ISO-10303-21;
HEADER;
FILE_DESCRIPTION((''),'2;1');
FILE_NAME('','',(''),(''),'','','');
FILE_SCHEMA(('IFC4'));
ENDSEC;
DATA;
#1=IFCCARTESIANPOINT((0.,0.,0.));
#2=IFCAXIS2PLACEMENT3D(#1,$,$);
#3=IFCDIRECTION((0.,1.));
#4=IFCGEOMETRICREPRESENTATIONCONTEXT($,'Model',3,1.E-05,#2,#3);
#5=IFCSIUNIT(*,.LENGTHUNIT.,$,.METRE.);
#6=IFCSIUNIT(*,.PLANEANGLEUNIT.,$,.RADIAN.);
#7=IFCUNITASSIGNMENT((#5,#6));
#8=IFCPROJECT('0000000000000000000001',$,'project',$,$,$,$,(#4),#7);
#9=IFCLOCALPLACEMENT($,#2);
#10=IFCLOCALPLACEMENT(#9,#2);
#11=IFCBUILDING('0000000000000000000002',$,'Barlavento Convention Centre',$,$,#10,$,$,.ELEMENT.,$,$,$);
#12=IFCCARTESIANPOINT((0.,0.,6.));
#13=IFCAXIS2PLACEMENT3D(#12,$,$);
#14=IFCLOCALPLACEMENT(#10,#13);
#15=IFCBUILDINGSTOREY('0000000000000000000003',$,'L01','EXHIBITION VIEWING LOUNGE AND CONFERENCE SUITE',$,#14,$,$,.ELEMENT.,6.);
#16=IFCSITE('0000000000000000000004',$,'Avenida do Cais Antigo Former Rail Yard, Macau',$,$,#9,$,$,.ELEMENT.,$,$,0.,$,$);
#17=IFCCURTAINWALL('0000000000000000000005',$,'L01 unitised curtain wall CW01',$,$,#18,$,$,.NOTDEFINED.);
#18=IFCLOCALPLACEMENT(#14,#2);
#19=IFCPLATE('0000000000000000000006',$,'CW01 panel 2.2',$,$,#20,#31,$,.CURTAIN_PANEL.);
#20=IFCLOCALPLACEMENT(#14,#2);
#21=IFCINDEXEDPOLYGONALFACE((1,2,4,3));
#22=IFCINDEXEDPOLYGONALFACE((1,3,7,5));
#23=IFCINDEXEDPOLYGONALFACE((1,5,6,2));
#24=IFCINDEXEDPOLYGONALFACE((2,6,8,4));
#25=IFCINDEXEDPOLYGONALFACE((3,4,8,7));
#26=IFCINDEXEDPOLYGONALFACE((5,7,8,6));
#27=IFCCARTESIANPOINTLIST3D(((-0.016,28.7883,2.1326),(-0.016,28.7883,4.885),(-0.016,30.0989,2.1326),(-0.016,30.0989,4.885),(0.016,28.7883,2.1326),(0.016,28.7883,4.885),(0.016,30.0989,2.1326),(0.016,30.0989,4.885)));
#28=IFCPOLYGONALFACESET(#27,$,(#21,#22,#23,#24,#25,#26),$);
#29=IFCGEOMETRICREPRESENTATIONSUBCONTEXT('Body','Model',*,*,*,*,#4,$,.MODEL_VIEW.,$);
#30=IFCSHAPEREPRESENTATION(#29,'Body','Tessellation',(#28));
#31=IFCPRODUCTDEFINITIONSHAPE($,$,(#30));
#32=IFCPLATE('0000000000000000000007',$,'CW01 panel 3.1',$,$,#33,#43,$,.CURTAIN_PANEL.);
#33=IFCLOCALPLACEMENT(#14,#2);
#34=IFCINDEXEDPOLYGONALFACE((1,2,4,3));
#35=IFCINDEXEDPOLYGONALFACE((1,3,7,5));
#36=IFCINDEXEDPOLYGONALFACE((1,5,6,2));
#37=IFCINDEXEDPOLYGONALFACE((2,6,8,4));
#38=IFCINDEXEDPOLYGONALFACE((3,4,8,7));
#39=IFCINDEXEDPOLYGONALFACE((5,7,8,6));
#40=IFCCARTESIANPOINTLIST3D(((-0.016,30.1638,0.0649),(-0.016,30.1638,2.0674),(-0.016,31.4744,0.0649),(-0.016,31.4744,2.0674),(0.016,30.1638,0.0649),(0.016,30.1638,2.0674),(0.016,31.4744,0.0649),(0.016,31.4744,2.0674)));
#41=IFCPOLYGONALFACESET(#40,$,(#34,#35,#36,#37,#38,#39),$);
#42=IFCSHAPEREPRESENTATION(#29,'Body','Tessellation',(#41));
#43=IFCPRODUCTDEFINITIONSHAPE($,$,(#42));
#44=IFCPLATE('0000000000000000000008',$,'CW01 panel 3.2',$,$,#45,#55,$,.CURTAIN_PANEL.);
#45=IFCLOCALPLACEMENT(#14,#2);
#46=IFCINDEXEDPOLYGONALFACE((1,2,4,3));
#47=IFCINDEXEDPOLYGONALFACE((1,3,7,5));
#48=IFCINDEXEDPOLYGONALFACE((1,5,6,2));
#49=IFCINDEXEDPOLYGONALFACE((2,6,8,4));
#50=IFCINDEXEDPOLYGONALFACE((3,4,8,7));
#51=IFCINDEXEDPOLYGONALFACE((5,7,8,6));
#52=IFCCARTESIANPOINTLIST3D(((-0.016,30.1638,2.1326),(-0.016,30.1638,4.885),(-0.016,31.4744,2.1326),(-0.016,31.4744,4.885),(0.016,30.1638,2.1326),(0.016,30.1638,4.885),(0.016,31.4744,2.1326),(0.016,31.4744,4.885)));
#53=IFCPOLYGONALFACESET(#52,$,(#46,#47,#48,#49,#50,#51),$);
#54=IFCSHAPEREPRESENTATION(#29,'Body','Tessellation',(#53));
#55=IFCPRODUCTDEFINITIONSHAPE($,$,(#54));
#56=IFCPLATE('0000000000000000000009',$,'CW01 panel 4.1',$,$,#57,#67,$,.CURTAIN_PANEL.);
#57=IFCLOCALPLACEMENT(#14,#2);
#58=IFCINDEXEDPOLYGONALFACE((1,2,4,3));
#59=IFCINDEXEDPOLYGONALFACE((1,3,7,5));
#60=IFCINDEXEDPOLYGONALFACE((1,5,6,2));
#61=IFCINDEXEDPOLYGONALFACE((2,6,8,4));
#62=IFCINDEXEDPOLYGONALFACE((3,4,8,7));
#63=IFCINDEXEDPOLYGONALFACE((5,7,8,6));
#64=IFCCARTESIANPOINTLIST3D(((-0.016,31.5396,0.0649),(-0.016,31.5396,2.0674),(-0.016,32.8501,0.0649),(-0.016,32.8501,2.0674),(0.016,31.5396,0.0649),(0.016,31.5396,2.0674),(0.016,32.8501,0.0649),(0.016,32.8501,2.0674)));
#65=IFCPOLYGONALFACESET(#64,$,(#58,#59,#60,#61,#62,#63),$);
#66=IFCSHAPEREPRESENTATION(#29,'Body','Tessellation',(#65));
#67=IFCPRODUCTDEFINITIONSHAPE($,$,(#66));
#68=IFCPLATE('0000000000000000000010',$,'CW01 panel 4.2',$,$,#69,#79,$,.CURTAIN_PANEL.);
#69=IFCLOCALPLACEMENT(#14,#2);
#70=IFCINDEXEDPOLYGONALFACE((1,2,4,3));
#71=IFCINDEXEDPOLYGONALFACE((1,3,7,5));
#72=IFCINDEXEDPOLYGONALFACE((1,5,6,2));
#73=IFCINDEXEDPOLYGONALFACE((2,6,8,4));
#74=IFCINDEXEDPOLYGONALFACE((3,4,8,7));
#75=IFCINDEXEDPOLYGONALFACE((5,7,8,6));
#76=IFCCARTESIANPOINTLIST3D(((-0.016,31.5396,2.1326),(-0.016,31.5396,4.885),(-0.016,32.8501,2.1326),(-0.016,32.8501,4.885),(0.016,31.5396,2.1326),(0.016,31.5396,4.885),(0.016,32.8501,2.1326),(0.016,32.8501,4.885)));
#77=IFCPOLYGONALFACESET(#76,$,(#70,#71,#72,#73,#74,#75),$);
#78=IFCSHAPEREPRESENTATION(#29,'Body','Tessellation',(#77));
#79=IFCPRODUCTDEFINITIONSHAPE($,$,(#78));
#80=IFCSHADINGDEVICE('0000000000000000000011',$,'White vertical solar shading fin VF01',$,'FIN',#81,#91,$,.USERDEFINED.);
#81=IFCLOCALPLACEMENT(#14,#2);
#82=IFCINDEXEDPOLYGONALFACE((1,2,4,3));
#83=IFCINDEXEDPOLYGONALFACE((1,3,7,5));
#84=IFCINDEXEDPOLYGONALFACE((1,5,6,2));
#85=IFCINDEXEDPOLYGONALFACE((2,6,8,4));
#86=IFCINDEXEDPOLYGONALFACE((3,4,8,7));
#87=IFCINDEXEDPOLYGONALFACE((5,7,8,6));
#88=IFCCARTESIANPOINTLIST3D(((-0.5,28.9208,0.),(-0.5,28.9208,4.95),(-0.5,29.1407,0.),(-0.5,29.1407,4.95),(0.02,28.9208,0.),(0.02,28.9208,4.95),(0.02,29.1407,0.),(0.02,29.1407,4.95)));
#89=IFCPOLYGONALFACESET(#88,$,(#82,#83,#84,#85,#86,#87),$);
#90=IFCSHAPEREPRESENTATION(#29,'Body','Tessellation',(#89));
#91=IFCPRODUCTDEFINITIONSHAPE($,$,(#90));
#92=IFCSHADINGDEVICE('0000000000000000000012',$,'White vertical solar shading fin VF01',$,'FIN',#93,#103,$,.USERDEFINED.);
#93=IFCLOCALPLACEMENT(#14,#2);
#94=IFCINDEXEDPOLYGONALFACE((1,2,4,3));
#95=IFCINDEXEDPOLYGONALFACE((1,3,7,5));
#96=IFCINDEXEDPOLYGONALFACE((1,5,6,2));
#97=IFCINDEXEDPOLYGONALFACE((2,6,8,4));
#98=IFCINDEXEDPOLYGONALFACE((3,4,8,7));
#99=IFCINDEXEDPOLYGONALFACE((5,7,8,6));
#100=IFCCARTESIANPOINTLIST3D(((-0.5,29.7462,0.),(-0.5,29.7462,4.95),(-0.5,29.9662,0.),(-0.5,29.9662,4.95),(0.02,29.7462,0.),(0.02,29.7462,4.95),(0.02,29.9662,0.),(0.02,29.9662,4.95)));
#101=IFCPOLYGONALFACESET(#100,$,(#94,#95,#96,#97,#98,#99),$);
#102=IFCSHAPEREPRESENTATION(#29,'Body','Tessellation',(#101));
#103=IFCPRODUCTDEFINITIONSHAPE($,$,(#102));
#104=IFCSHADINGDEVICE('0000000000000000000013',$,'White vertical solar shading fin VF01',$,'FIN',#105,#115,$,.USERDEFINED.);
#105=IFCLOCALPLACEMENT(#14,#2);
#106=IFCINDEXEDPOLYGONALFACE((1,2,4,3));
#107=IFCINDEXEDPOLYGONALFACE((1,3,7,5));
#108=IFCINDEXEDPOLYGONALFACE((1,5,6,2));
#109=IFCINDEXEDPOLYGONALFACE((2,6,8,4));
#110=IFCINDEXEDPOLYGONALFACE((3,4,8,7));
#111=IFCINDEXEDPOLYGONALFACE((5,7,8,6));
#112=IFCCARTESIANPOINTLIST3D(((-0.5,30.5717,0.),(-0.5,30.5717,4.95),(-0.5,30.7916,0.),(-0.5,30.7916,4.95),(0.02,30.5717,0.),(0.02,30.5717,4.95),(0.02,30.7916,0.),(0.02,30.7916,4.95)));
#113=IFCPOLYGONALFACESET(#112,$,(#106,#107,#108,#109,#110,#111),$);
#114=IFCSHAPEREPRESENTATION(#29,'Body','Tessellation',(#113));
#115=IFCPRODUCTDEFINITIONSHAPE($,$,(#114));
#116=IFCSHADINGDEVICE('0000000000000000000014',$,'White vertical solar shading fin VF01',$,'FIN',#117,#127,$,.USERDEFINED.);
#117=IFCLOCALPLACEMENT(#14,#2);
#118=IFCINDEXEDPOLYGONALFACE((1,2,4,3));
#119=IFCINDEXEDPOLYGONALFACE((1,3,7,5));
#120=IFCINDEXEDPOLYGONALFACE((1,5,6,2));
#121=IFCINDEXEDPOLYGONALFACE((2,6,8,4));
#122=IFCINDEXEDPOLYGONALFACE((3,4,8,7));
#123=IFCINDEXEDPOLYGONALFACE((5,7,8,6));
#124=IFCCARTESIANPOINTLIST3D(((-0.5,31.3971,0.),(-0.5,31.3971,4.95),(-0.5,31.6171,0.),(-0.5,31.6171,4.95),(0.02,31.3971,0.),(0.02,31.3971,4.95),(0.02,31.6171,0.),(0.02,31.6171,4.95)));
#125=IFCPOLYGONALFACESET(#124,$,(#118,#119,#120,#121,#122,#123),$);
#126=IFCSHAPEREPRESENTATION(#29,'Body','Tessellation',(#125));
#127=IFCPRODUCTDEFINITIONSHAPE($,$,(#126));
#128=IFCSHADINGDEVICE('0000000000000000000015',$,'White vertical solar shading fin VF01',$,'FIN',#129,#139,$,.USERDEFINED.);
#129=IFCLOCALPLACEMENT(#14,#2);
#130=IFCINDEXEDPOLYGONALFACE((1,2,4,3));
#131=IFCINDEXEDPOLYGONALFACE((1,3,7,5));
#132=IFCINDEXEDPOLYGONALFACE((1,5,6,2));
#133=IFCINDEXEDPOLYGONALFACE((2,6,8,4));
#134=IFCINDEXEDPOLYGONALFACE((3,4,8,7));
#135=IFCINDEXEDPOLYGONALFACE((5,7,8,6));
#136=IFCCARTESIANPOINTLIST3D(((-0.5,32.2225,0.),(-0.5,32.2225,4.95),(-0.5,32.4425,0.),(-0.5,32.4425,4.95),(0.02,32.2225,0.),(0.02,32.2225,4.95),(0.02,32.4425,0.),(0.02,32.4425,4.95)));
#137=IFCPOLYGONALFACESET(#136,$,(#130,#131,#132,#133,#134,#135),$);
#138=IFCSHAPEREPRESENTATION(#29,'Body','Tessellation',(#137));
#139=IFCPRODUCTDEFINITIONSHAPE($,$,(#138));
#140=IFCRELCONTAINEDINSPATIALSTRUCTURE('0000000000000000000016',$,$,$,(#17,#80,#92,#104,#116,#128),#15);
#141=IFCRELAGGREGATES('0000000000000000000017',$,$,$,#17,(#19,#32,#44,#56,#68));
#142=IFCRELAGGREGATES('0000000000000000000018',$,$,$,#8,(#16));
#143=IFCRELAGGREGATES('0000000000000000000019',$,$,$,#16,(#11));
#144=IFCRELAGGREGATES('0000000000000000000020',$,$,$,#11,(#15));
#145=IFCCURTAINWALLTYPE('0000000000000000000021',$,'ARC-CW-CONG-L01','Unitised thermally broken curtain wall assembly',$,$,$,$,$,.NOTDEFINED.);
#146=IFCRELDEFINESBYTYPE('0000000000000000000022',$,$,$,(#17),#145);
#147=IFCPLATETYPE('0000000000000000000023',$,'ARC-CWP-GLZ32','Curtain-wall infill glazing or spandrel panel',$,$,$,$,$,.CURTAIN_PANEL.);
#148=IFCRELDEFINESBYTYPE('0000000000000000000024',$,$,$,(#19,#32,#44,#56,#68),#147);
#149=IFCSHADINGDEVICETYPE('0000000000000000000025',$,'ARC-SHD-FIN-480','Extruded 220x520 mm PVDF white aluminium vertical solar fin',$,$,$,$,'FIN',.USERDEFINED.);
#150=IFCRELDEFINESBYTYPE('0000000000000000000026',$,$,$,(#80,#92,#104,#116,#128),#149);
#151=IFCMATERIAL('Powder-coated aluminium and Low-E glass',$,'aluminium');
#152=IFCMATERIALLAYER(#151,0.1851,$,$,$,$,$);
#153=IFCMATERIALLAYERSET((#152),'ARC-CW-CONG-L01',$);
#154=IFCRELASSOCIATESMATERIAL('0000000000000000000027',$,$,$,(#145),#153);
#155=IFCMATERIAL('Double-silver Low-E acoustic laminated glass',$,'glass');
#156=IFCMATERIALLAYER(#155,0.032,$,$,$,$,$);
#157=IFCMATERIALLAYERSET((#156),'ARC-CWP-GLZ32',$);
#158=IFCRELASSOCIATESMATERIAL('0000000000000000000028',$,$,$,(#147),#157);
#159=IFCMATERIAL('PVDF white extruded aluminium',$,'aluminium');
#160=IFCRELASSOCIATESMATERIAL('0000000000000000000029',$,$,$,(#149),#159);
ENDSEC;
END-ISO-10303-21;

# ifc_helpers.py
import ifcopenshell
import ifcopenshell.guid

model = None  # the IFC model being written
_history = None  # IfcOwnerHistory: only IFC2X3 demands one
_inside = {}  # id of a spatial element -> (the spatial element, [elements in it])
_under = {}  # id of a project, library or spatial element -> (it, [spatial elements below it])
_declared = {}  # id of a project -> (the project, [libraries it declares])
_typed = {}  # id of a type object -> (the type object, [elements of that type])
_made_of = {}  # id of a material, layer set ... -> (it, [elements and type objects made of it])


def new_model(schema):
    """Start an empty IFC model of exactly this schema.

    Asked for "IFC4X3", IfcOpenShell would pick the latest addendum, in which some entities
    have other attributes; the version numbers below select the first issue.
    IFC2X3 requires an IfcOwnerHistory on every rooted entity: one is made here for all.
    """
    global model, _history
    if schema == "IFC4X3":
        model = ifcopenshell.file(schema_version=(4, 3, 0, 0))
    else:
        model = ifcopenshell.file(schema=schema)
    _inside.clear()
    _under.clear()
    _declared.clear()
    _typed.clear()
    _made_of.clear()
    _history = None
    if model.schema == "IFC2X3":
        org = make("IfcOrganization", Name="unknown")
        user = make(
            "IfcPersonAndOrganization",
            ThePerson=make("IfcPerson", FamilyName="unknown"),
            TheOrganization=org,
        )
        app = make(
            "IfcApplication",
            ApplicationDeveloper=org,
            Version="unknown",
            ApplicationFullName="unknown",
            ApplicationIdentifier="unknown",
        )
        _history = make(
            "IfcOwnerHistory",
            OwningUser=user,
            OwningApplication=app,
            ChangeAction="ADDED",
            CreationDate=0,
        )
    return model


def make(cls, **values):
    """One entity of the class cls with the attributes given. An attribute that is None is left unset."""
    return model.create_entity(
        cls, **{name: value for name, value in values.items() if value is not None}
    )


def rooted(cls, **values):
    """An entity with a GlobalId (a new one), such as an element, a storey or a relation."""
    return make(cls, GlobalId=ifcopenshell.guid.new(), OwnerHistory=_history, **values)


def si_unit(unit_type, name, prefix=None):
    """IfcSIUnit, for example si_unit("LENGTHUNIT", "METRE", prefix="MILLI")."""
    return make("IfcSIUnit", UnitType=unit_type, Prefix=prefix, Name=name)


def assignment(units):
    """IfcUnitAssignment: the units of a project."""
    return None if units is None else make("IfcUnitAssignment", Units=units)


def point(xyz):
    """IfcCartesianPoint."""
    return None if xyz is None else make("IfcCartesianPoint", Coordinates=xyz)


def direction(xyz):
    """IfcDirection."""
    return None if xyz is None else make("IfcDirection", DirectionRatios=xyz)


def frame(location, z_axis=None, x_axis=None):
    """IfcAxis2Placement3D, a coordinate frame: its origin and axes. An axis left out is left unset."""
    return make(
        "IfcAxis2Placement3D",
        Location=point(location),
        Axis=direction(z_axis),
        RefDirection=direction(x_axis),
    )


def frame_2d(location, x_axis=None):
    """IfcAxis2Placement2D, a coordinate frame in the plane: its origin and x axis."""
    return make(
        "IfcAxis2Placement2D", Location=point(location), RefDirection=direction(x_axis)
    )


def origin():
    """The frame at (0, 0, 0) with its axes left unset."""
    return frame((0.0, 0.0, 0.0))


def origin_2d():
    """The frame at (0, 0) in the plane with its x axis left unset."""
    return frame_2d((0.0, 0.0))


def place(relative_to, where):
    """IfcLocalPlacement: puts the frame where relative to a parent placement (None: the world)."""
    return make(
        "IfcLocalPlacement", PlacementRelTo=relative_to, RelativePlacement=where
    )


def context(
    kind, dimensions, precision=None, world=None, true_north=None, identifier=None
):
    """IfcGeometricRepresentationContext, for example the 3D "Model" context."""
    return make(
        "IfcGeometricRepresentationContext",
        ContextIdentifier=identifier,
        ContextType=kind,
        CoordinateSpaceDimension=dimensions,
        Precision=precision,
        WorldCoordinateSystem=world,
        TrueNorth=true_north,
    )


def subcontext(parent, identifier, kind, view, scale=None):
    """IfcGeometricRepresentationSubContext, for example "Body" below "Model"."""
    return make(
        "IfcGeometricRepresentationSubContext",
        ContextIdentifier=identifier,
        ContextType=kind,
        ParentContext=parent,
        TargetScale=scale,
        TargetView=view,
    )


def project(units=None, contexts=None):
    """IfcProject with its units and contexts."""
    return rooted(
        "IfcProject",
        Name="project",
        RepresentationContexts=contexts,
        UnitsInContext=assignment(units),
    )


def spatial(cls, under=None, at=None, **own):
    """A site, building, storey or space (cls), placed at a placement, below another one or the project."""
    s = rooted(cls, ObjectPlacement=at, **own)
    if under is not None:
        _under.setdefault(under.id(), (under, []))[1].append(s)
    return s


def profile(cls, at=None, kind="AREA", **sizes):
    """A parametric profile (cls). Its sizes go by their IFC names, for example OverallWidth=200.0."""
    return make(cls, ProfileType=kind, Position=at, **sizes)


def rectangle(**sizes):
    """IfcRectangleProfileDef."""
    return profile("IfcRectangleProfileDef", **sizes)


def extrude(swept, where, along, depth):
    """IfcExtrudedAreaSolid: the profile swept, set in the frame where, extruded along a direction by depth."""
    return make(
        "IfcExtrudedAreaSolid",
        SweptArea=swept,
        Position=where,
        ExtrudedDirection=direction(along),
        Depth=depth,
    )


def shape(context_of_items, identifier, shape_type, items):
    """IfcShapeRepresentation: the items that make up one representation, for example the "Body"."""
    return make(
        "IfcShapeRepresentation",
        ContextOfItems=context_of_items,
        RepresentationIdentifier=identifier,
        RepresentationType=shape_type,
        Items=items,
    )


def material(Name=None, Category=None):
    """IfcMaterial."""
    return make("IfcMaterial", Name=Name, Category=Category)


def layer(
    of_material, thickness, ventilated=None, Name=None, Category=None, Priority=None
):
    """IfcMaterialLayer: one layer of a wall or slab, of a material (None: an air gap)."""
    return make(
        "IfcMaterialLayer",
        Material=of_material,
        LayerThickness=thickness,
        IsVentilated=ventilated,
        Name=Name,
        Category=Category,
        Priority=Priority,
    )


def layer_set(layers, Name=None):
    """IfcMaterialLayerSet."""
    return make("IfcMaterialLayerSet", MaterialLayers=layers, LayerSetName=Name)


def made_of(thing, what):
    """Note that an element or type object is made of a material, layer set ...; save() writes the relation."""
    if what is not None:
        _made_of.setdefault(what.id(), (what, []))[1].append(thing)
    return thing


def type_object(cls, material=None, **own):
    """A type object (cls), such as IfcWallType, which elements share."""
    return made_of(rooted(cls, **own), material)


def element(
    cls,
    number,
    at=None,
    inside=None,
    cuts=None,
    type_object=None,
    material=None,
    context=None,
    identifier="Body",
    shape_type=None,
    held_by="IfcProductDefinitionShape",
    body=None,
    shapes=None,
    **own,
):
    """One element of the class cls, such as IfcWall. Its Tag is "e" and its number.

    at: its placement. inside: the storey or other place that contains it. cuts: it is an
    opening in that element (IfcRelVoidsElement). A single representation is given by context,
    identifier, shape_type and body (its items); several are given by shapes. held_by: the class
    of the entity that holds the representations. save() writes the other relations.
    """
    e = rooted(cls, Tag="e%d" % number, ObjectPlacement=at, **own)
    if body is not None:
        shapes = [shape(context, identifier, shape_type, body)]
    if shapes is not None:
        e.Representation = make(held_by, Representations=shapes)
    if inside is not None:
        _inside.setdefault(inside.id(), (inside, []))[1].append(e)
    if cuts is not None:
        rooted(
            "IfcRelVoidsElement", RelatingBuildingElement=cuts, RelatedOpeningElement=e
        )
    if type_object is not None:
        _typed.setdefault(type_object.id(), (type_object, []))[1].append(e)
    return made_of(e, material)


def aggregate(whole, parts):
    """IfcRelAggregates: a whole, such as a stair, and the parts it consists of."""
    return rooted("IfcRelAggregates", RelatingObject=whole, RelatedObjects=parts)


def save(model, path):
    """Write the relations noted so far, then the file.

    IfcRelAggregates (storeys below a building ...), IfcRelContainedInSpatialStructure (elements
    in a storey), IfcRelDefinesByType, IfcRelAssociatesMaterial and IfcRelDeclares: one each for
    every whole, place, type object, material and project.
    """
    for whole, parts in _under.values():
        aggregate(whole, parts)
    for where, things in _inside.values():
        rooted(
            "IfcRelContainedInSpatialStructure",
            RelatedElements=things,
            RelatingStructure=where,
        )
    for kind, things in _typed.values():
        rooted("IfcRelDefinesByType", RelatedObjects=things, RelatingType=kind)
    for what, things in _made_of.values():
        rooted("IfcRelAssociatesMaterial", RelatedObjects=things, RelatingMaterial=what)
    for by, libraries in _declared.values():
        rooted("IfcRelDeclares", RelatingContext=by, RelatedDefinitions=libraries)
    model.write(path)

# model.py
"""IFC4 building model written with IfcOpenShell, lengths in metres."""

from ifc_helpers import new_model, si_unit, direction, frame, origin, origin_2d, place, context, subcontext, project, spatial, rectangle, extrude, material, layer, layer_set, type_object, element, aggregate, save


model = new_model("IFC4")

# Units and contexts
model_context = context("Model", 3, precision=1e-05, world=origin(), true_north=direction((0.0, 1.0)))
body_context = subcontext(model_context, "Body", "Model", "MODEL_VIEW")
ifc_project = project(units=[si_unit("LENGTHUNIT", "METRE"), si_unit("PLANEANGLEUNIT", "RADIAN")], contexts=[model_context])

# Site, building, storey
site_placement = place(None, origin())
site = spatial("IfcSite", under=ifc_project, at=site_placement, Name="Avenida do Cais Antigo Former Rail Yard, Macau", CompositionType="ELEMENT", RefElevation=0.0)
building_placement = place(site_placement, origin())
building = spatial("IfcBuilding", under=site, at=building_placement, Name="Barlavento Convention Centre", CompositionType="ELEMENT")
storey_placement = place(building_placement, frame((0.0, 0.0, 6.0)))
storey = spatial("IfcBuildingStorey", under=building, at=storey_placement, Name="L01", Description="EXHIBITION VIEWING LOUNGE AND CONFERENCE SUITE", CompositionType="ELEMENT", Elevation=6.0)

# Curtain wall, plates
ifc_material_1 = material(Name="Powder-coated aluminium and Low-E glass", Category="aluminium")
ifc_layer_1 = layer(ifc_material_1, 0.1851)
ifc_layer_set_1 = layer_set([ifc_layer_1], Name="ARC-CW-CONG-L01")
curtain_wall_type = type_object("IfcCurtainWallType", Name="ARC-CW-CONG-L01", Description="Unitised thermally broken curtain wall assembly", PredefinedType="NOTDEFINED", material=ifc_layer_set_1)
curtain_wall_placement = place(storey_placement, origin())
curtain_wall = element("IfcCurtainWall", 1, at=curtain_wall_placement, inside=storey, type_object=curtain_wall_type, Name="L01 unitised curtain wall CW01", PredefinedType="NOTDEFINED")
ifc_material_2 = material(Name="Double-silver Low-E acoustic laminated glass", Category="glass")
ifc_layer_2 = layer(ifc_material_2, 0.032)
ifc_layer_set_2 = layer_set([ifc_layer_2], Name="ARC-CWP-GLZ32")
plate_type = type_object("IfcPlateType", Name="ARC-CWP-GLZ32", Description="Curtain-wall infill glazing or spandrel panel", PredefinedType="CURTAIN_PANEL", material=ifc_layer_set_2)
plate_1_placement = place(storey_placement, frame((0.0, 29.4436, 2.1326), z_axis=(0.0, 0.0, 1.0), x_axis=(0.0, 1.0, 0.0)))
plate_1 = element("IfcPlate", 2, at=plate_1_placement, type_object=plate_type, Name="CW01 panel 2.2", PredefinedType="CURTAIN_PANEL", context=body_context, shape_type="SweptSolid", body=[
    extrude(rectangle(XDim=1.3105, YDim=0.032, at=origin_2d()), origin(), (0.0, 0.0, 1.0), 2.7524),
])
plate_2_placement = place(storey_placement, frame((0.0, 30.8191, 0.0649), z_axis=(0.0, 0.0, 1.0), x_axis=(0.0, 1.0, 0.0)))
plate_2 = element("IfcPlate", 3, at=plate_2_placement, type_object=plate_type, Name="CW01 panel 3.1", PredefinedType="CURTAIN_PANEL", context=body_context, shape_type="SweptSolid", body=[
    extrude(rectangle(XDim=1.3105, YDim=0.032, at=origin_2d()), origin(), (0.0, 0.0, 1.0), 2.0024),
])
plate_3_placement = place(storey_placement, frame((0.0, 30.8191, 2.1326), z_axis=(0.0, 0.0, 1.0), x_axis=(0.0, 1.0, 0.0)))
plate_3 = element("IfcPlate", 4, at=plate_3_placement, type_object=plate_type, Name="CW01 panel 3.2", PredefinedType="CURTAIN_PANEL", context=body_context, shape_type="SweptSolid", body=[
    extrude(rectangle(XDim=1.3105, YDim=0.032, at=origin_2d()), origin(), (0.0, 0.0, 1.0), 2.7524),
])
plate_4_placement = place(storey_placement, frame((0.0, 32.1948, 0.0649), z_axis=(0.0, 0.0, 1.0), x_axis=(0.0, 1.0, 0.0)))
plate_4 = element("IfcPlate", 5, at=plate_4_placement, type_object=plate_type, Name="CW01 panel 4.1", PredefinedType="CURTAIN_PANEL", context=body_context, shape_type="SweptSolid", body=[
    extrude(rectangle(XDim=1.3105, YDim=0.032, at=origin_2d()), origin(), (0.0, 0.0, 1.0), 2.0024),
])
plate_5_placement = place(storey_placement, frame((0.0, 32.1948, 2.1326), z_axis=(0.0, 0.0, 1.0), x_axis=(0.0, 1.0, 0.0)))
plate_5 = element("IfcPlate", 6, at=plate_5_placement, type_object=plate_type, Name="CW01 panel 4.2", PredefinedType="CURTAIN_PANEL", context=body_context, shape_type="SweptSolid", body=[
    extrude(rectangle(XDim=1.3105, YDim=0.032, at=origin_2d()), origin(), (0.0, 0.0, 1.0), 2.7524),
])
aggregate(curtain_wall, [plate_1, plate_2, plate_3, plate_4, plate_5])

# Shading devices
ifc_material_3 = material(Name="PVDF white extruded aluminium", Category="aluminium")
shading_device_type = type_object("IfcShadingDeviceType", Name="ARC-SHD-FIN-480", Description="Extruded 220x520 mm PVDF white aluminium vertical solar fin", ElementType="FIN", PredefinedType="USERDEFINED", material=ifc_material_3)
for number, where, z_axis, x_axis, name in (
    (7, (-0.24, 29.0308, 0.0), (0.0, 0.0, 1.0), (0.0, 1.0, 0.0), "White vertical solar shading fin VF01"),
    (8, (-0.24, 29.8562, 0.0), (0.0, 0.0, 1.0), (0.0, 1.0, 0.0), "White vertical solar shading fin VF01"),
    (9, (-0.24, 30.6816, 0.0), (0.0, 0.0, 1.0), (0.0, 1.0, 0.0), "White vertical solar shading fin VF01"),
    (10, (-0.24, 31.5071, 0.0), (0.0, 0.0, 1.0), (0.0, 1.0, 0.0), "White vertical solar shading fin VF01"),
    (11, (-0.24, 32.3325, 0.0), (0.0, 0.0, 1.0), (0.0, 1.0, 0.0), "White vertical solar shading fin VF01"),
):
    element("IfcShadingDevice", number, at=place(storey_placement, frame(where, z_axis=z_axis, x_axis=x_axis)), inside=storey, type_object=shading_device_type, Name=name, ObjectType="FIN", PredefinedType="USERDEFINED", context=body_context, shape_type="SweptSolid", body=[
        extrude(rectangle(XDim=0.22, YDim=0.52, at=origin_2d()), origin(), (0.0, 0.0, 1.0), 4.95),
    ])

save(model, "model.ifc")
